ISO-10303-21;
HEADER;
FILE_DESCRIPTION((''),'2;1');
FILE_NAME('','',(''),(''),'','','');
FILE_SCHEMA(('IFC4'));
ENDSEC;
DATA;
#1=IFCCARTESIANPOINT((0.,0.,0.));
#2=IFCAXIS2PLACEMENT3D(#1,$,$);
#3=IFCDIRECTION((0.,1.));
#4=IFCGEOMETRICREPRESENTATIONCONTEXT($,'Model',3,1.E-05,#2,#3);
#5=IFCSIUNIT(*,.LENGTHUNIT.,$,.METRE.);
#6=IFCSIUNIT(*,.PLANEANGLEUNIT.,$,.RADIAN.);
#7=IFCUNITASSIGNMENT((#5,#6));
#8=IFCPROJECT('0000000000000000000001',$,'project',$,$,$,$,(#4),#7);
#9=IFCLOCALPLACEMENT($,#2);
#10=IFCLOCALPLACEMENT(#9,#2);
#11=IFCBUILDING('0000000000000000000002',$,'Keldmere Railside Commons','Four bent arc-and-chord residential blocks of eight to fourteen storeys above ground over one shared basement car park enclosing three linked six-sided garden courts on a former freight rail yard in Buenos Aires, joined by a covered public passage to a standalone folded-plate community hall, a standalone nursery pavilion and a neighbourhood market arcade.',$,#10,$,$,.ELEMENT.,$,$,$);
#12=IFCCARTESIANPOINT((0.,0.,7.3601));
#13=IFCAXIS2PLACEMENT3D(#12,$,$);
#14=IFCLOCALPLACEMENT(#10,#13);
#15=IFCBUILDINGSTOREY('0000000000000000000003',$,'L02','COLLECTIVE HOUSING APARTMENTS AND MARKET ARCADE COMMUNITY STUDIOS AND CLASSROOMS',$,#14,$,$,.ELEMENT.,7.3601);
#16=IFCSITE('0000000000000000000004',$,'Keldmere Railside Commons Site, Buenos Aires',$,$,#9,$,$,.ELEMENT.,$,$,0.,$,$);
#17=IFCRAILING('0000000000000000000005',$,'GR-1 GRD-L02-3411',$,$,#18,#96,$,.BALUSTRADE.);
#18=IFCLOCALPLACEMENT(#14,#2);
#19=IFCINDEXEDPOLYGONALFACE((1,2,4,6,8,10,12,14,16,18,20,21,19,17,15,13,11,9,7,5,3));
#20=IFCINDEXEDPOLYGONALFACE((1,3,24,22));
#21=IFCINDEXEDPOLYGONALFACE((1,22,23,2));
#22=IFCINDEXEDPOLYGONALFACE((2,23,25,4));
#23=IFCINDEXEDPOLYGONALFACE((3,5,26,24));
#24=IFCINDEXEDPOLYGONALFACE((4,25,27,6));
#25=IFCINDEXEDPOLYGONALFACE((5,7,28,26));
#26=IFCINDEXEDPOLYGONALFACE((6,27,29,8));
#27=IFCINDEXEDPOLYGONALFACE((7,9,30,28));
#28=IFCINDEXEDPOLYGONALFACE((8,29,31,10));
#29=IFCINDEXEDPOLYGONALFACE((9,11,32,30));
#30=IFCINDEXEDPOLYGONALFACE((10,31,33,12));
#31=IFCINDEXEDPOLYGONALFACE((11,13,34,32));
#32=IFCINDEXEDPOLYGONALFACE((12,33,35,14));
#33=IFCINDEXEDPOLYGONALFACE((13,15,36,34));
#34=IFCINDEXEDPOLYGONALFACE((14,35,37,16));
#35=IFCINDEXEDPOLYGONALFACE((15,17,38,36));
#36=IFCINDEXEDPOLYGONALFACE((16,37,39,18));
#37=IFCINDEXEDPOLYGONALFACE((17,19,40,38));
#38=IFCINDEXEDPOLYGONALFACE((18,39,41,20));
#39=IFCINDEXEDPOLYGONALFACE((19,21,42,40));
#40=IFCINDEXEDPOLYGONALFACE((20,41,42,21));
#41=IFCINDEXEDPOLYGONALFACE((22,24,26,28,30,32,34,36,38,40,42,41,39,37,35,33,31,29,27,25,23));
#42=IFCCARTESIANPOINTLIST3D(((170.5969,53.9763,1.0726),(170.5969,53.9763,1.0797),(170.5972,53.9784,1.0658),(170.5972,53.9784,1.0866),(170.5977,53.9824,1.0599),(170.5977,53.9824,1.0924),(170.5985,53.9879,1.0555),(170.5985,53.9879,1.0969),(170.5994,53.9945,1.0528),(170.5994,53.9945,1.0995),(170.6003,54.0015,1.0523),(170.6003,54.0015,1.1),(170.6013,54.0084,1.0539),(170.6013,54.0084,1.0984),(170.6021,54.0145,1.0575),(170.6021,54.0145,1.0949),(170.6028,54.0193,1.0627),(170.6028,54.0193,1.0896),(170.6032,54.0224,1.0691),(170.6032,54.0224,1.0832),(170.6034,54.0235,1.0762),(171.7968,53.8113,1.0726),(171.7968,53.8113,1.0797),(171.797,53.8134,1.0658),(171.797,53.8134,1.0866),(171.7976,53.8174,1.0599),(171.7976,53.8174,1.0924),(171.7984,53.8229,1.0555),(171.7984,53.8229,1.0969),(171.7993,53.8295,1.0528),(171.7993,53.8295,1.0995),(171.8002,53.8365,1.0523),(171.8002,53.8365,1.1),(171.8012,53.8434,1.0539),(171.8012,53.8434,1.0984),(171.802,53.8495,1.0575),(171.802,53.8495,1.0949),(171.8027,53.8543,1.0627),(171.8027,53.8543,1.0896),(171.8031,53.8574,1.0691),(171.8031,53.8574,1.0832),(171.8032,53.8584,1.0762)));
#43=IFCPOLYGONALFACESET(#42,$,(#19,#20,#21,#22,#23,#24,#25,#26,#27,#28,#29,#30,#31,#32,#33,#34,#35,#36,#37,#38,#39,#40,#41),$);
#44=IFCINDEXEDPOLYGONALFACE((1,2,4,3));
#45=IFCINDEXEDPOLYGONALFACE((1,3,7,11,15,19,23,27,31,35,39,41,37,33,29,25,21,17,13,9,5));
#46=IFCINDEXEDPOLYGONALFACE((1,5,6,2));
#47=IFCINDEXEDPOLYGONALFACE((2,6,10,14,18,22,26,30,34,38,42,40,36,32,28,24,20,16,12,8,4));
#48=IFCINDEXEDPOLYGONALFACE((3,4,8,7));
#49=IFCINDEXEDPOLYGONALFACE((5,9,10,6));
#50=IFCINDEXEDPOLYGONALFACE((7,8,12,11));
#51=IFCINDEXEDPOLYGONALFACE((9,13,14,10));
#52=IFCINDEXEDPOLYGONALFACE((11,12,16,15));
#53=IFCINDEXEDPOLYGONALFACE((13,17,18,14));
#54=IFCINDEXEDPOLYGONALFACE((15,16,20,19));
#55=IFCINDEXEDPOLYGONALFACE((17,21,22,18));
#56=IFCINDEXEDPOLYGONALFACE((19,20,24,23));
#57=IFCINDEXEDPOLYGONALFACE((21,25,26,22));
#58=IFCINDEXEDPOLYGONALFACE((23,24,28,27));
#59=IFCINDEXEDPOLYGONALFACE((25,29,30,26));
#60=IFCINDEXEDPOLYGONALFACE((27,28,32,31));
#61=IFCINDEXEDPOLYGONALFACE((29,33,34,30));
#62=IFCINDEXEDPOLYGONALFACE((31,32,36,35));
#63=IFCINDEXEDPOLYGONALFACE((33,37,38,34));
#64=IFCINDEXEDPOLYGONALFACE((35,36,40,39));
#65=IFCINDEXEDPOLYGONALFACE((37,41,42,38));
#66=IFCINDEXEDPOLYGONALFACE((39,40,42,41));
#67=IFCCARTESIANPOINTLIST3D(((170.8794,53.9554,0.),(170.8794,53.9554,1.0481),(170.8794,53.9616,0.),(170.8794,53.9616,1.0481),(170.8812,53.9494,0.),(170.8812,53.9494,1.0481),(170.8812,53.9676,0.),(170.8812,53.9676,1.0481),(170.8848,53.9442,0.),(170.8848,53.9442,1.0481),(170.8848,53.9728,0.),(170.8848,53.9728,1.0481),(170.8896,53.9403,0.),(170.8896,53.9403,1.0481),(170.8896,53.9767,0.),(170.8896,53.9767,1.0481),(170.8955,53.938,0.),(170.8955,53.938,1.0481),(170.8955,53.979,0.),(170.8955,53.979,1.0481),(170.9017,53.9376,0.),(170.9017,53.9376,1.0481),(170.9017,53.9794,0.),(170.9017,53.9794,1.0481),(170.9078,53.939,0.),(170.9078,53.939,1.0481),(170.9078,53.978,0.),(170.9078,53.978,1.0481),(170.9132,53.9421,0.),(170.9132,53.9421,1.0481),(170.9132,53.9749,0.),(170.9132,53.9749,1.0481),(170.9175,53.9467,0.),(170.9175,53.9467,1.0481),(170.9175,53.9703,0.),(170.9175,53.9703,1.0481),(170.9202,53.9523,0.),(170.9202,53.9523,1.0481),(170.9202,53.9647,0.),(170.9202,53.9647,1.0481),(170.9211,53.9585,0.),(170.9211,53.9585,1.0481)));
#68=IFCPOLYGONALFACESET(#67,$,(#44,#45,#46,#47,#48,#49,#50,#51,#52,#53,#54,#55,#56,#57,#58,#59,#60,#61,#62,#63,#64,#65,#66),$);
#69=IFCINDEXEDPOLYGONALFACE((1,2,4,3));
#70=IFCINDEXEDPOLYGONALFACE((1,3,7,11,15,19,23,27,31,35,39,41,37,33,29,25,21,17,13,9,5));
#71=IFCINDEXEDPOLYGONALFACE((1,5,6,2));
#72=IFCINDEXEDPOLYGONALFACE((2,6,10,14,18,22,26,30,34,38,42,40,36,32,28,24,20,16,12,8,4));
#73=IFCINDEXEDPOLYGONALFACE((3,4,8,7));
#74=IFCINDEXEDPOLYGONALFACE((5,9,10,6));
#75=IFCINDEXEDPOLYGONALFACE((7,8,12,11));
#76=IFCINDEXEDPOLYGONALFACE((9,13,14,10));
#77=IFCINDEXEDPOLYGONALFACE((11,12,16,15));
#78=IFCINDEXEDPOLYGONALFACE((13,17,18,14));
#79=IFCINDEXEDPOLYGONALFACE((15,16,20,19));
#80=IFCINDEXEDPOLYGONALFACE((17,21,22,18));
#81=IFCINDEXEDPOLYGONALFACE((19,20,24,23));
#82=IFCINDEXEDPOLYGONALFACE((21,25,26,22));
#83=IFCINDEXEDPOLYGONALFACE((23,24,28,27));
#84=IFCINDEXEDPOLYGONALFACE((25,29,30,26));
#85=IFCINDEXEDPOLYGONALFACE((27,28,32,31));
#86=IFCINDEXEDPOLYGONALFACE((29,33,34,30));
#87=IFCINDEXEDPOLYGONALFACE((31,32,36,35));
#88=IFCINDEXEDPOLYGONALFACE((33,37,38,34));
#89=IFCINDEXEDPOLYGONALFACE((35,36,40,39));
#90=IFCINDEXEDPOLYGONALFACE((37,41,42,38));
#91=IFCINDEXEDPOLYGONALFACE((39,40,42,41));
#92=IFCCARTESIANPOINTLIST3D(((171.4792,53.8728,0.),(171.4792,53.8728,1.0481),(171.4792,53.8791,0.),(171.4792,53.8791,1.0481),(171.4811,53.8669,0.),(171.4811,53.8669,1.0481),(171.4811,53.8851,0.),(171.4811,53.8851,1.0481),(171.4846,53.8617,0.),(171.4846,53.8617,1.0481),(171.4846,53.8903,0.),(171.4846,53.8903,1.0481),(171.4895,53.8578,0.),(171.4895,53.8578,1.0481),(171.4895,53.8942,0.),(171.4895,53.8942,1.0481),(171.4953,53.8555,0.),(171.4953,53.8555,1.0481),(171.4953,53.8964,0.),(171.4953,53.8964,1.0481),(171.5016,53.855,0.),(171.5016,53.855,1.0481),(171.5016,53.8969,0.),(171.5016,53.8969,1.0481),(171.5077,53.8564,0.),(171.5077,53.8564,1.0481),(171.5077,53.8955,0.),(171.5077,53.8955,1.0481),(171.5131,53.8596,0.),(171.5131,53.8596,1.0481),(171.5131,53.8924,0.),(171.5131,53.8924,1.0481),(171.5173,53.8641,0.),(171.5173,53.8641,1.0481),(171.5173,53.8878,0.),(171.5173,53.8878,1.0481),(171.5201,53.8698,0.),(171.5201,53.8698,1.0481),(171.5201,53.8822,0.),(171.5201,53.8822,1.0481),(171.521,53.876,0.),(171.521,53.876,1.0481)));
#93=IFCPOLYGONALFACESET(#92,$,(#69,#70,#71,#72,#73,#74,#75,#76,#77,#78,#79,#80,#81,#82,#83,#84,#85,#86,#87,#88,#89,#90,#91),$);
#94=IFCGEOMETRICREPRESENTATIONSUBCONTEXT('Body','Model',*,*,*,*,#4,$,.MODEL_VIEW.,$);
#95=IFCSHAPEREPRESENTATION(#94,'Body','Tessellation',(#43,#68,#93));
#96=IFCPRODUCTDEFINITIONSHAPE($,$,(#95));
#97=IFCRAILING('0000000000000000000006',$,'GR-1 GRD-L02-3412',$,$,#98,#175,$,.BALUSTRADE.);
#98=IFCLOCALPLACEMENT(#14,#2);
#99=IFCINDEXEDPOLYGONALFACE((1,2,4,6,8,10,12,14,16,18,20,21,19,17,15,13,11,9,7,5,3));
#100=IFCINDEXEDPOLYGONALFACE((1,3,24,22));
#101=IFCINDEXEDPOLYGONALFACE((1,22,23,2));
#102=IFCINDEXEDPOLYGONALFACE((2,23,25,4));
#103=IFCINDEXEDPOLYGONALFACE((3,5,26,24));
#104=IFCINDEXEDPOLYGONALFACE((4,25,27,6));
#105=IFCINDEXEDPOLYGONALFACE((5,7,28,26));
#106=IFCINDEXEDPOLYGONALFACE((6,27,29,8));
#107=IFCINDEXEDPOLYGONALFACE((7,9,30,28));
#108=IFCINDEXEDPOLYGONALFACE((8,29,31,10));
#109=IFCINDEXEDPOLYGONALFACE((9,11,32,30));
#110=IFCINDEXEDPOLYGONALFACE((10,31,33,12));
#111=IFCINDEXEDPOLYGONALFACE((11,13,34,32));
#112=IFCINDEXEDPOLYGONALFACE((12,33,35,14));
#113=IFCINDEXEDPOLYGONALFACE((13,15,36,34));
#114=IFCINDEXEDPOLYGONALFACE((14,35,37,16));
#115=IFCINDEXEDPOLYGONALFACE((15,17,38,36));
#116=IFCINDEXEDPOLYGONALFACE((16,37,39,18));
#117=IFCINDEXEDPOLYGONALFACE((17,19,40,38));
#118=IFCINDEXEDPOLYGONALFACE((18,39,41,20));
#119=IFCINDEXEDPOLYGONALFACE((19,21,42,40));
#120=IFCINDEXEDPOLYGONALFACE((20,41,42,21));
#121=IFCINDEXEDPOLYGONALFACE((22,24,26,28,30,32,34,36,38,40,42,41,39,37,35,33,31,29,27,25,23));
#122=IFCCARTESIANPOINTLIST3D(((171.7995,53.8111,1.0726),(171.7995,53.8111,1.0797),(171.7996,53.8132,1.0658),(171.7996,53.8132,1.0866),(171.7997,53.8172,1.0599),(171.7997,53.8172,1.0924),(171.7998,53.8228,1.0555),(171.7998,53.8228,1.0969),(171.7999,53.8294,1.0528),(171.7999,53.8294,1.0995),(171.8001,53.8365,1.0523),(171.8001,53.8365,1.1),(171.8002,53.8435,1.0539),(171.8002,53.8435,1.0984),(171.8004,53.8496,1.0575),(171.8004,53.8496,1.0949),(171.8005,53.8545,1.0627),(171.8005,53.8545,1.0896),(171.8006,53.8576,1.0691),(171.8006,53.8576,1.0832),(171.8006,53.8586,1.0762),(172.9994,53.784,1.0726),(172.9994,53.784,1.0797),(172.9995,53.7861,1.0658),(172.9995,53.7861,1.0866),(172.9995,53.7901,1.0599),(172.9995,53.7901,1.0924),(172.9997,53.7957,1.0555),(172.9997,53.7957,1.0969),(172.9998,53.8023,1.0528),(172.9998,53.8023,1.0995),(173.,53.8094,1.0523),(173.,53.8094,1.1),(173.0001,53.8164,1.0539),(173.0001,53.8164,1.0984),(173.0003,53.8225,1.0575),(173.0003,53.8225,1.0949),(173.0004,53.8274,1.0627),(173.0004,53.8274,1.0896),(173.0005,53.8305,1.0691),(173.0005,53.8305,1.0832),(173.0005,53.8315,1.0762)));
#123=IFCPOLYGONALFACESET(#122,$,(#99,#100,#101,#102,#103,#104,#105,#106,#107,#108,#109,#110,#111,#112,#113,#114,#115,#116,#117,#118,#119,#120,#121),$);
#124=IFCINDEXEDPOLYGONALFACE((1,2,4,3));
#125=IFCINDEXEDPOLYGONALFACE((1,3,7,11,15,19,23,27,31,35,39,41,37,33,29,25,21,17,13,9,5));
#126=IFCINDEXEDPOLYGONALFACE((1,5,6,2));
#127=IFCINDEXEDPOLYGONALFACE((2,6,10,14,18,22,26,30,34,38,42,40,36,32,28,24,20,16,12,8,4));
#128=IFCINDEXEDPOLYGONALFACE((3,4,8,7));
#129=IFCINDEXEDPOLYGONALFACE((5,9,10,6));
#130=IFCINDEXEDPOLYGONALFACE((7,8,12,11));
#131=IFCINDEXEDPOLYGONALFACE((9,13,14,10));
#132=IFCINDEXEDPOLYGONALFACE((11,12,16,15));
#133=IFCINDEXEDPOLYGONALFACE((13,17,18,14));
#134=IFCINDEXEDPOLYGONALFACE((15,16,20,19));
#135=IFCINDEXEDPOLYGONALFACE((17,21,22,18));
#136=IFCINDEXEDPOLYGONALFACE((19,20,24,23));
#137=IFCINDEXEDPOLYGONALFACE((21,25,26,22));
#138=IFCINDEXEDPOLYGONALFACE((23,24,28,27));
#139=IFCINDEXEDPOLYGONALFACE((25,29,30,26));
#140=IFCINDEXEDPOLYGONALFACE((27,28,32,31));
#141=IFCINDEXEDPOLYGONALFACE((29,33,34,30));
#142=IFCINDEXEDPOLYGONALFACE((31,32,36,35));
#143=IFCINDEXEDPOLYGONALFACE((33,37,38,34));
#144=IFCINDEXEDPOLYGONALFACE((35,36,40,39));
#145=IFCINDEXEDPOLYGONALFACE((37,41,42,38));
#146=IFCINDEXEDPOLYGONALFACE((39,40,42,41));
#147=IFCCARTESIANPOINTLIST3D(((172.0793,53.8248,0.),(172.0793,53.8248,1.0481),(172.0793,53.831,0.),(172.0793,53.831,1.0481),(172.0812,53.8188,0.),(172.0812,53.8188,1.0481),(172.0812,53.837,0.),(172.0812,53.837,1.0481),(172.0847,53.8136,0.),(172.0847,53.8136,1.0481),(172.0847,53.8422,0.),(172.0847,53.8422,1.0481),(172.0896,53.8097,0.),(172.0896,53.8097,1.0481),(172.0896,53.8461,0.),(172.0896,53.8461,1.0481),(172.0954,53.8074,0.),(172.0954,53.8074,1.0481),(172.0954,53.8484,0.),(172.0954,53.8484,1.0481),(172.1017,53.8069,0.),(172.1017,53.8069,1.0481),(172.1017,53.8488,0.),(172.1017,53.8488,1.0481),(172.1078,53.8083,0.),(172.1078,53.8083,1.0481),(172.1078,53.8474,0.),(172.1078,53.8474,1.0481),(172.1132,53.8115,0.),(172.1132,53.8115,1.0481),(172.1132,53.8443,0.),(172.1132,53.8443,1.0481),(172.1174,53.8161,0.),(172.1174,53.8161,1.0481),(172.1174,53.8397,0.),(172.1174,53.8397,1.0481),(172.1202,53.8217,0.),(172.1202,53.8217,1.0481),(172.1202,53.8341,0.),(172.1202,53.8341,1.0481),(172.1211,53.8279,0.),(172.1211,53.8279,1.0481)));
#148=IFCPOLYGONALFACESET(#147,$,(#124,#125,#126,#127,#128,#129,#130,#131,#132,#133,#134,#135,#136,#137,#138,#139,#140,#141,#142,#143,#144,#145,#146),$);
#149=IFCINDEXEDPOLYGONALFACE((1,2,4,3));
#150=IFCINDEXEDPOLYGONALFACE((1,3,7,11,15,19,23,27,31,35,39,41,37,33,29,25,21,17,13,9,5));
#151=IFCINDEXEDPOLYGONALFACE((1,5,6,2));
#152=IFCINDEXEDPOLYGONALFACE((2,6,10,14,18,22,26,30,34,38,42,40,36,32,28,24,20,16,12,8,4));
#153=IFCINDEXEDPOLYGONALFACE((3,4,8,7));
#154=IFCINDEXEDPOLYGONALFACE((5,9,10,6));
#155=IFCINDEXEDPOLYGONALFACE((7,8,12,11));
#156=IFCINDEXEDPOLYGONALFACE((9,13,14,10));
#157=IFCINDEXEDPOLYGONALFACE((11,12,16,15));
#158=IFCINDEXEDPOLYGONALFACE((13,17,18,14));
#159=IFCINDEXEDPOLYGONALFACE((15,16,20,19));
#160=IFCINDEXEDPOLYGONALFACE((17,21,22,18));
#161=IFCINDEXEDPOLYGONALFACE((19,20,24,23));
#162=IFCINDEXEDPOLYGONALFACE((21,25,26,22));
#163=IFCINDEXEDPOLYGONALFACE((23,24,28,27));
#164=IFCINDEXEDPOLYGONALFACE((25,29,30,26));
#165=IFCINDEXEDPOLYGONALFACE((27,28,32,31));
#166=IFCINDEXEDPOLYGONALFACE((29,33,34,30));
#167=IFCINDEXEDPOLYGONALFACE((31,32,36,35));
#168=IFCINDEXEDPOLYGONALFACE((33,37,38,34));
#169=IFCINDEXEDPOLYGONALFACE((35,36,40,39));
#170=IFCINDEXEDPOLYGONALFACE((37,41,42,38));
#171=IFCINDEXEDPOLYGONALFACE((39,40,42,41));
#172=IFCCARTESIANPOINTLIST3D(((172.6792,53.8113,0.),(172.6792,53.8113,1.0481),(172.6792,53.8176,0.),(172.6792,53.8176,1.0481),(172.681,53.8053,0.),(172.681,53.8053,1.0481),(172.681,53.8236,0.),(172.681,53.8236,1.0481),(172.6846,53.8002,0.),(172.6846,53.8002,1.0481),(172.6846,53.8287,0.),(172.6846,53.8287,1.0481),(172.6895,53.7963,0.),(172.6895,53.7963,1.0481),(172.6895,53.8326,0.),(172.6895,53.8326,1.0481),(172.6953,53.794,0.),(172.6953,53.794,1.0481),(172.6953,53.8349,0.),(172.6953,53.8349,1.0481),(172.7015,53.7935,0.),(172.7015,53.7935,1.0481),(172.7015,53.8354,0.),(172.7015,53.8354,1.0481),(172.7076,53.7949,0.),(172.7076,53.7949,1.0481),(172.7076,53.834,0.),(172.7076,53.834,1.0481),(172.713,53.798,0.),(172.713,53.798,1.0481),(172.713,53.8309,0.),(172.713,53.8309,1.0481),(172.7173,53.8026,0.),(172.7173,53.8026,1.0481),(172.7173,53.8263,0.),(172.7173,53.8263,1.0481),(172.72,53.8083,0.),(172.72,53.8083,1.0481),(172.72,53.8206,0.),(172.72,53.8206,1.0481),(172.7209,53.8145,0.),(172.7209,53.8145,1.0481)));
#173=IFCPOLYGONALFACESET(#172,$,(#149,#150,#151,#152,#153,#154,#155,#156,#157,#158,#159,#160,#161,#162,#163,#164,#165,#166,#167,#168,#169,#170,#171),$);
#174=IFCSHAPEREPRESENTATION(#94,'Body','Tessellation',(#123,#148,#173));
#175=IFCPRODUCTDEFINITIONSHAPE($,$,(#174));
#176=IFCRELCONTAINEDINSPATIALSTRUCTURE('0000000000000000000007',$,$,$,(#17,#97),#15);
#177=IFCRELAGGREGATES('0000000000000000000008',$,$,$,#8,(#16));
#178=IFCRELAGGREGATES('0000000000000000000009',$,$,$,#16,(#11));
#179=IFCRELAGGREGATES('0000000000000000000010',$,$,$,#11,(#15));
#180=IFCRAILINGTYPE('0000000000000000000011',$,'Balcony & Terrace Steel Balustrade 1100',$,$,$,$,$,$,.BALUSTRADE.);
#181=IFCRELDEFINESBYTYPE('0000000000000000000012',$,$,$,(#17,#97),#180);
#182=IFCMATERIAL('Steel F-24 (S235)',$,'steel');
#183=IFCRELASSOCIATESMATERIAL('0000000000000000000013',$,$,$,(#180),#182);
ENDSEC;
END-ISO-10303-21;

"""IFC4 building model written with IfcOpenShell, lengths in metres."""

from ifc_helpers import new_model, si_unit, direction, frame, origin, origin_2d, place, context, subcontext, project, spatial, circle, extrude, material, type_object, element, save


model = new_model("IFC4")

# Units and contexts
model_context = context("Model", 3, precision=1e-05, world=origin(), true_north=direction((0.0, 1.0)))
body_context = subcontext(model_context, "Body", "Model", "MODEL_VIEW")
ifc_project = project(units=[si_unit("LENGTHUNIT", "METRE"), si_unit("PLANEANGLEUNIT", "RADIAN")], contexts=[model_context])

# Site, building, storey
site_placement = place(None, origin())
site = spatial("IfcSite", under=ifc_project, at=site_placement, Name="Keldmere Railside Commons Site, Buenos Aires", CompositionType="ELEMENT", RefElevation=0.0)
building_placement = place(site_placement, origin())
building = spatial("IfcBuilding", under=site, at=building_placement, Name="Keldmere Railside Commons", Description="Four bent arc-and-chord residential blocks of eight to fourteen storeys above ground over one shared basement car park enclosing three linked six-sided garden courts on a former freight rail yard in Buenos Aires, joined by a covered public passage to a standalone folded-plate community hall, a standalone nursery pavilion and a neighbourhood market arcade.", CompositionType="ELEMENT")
storey_placement = place(building_placement, frame((0.0, 0.0, 7.3601)))
storey = spatial("IfcBuildingStorey", under=building, at=storey_placement, Name="L02", Description="COLLECTIVE HOUSING APARTMENTS AND MARKET ARCADE COMMUNITY STUDIOS AND CLASSROOMS", CompositionType="ELEMENT", Elevation=7.3601)

# Railings
ifc_material_1 = material(Name="Steel F-24 (S235)", Category="steel")
railing_type = type_object("IfcRailingType", Name="Balcony & Terrace Steel Balustrade 1100", PredefinedType="BALUSTRADE", material=ifc_material_1)
railing_1_placement = place(storey_placement, frame((170.6001, 53.9998, 0.0)))
element("IfcRailing", 1, at=railing_1_placement, inside=storey, type_object=railing_type, Name="GR-1 GRD-L02-3411", PredefinedType="BALUSTRADE", context=body_context, shape_type="SweptSolid", body=[
    extrude(circle(Radius=0.0239, at=origin_2d()), frame((0.0, 0.0, 1.0762), z_axis=(0.990674, -0.136255, 0.0), x_axis=(0.136255, 0.990674, 0.0)), (0.0, 0.0, 1.0), 1.2112),
    extrude(circle(Radius=0.021, at=origin_2d()), frame((0.3, -0.0413, 0.0)), (0.0, 0.0, 1.0), 1.0481),
    extrude(circle(Radius=0.021, at=origin_2d()), frame((0.8999, -0.1238, 0.0)), (0.0, 0.0, 1.0), 1.0481),
])
railing_2_placement = place(storey_placement, frame((171.8, 53.8347, 0.0)))
element("IfcRailing", 2, at=railing_2_placement, inside=storey, type_object=railing_type, Name="GR-1 GRD-L02-3412", PredefinedType="BALUSTRADE", context=body_context, shape_type="SweptSolid", body=[
    extrude(circle(Radius=0.0239, at=origin_2d()), frame((0.0, 0.0, 1.0762), z_axis=(0.999745, -0.022578, 0.0), x_axis=(0.022578, 0.999745, 0.0)), (0.0, 0.0, 1.0), 1.2002),
    extrude(circle(Radius=0.021, at=origin_2d()), frame((0.3, -0.0068, 0.0)), (0.0, 0.0, 1.0), 1.0481),
    extrude(circle(Radius=0.021, at=origin_2d()), frame((0.8999, -0.0203, 0.0)), (0.0, 0.0, 1.0), 1.0481),
])

save(model, "model.ifc")
